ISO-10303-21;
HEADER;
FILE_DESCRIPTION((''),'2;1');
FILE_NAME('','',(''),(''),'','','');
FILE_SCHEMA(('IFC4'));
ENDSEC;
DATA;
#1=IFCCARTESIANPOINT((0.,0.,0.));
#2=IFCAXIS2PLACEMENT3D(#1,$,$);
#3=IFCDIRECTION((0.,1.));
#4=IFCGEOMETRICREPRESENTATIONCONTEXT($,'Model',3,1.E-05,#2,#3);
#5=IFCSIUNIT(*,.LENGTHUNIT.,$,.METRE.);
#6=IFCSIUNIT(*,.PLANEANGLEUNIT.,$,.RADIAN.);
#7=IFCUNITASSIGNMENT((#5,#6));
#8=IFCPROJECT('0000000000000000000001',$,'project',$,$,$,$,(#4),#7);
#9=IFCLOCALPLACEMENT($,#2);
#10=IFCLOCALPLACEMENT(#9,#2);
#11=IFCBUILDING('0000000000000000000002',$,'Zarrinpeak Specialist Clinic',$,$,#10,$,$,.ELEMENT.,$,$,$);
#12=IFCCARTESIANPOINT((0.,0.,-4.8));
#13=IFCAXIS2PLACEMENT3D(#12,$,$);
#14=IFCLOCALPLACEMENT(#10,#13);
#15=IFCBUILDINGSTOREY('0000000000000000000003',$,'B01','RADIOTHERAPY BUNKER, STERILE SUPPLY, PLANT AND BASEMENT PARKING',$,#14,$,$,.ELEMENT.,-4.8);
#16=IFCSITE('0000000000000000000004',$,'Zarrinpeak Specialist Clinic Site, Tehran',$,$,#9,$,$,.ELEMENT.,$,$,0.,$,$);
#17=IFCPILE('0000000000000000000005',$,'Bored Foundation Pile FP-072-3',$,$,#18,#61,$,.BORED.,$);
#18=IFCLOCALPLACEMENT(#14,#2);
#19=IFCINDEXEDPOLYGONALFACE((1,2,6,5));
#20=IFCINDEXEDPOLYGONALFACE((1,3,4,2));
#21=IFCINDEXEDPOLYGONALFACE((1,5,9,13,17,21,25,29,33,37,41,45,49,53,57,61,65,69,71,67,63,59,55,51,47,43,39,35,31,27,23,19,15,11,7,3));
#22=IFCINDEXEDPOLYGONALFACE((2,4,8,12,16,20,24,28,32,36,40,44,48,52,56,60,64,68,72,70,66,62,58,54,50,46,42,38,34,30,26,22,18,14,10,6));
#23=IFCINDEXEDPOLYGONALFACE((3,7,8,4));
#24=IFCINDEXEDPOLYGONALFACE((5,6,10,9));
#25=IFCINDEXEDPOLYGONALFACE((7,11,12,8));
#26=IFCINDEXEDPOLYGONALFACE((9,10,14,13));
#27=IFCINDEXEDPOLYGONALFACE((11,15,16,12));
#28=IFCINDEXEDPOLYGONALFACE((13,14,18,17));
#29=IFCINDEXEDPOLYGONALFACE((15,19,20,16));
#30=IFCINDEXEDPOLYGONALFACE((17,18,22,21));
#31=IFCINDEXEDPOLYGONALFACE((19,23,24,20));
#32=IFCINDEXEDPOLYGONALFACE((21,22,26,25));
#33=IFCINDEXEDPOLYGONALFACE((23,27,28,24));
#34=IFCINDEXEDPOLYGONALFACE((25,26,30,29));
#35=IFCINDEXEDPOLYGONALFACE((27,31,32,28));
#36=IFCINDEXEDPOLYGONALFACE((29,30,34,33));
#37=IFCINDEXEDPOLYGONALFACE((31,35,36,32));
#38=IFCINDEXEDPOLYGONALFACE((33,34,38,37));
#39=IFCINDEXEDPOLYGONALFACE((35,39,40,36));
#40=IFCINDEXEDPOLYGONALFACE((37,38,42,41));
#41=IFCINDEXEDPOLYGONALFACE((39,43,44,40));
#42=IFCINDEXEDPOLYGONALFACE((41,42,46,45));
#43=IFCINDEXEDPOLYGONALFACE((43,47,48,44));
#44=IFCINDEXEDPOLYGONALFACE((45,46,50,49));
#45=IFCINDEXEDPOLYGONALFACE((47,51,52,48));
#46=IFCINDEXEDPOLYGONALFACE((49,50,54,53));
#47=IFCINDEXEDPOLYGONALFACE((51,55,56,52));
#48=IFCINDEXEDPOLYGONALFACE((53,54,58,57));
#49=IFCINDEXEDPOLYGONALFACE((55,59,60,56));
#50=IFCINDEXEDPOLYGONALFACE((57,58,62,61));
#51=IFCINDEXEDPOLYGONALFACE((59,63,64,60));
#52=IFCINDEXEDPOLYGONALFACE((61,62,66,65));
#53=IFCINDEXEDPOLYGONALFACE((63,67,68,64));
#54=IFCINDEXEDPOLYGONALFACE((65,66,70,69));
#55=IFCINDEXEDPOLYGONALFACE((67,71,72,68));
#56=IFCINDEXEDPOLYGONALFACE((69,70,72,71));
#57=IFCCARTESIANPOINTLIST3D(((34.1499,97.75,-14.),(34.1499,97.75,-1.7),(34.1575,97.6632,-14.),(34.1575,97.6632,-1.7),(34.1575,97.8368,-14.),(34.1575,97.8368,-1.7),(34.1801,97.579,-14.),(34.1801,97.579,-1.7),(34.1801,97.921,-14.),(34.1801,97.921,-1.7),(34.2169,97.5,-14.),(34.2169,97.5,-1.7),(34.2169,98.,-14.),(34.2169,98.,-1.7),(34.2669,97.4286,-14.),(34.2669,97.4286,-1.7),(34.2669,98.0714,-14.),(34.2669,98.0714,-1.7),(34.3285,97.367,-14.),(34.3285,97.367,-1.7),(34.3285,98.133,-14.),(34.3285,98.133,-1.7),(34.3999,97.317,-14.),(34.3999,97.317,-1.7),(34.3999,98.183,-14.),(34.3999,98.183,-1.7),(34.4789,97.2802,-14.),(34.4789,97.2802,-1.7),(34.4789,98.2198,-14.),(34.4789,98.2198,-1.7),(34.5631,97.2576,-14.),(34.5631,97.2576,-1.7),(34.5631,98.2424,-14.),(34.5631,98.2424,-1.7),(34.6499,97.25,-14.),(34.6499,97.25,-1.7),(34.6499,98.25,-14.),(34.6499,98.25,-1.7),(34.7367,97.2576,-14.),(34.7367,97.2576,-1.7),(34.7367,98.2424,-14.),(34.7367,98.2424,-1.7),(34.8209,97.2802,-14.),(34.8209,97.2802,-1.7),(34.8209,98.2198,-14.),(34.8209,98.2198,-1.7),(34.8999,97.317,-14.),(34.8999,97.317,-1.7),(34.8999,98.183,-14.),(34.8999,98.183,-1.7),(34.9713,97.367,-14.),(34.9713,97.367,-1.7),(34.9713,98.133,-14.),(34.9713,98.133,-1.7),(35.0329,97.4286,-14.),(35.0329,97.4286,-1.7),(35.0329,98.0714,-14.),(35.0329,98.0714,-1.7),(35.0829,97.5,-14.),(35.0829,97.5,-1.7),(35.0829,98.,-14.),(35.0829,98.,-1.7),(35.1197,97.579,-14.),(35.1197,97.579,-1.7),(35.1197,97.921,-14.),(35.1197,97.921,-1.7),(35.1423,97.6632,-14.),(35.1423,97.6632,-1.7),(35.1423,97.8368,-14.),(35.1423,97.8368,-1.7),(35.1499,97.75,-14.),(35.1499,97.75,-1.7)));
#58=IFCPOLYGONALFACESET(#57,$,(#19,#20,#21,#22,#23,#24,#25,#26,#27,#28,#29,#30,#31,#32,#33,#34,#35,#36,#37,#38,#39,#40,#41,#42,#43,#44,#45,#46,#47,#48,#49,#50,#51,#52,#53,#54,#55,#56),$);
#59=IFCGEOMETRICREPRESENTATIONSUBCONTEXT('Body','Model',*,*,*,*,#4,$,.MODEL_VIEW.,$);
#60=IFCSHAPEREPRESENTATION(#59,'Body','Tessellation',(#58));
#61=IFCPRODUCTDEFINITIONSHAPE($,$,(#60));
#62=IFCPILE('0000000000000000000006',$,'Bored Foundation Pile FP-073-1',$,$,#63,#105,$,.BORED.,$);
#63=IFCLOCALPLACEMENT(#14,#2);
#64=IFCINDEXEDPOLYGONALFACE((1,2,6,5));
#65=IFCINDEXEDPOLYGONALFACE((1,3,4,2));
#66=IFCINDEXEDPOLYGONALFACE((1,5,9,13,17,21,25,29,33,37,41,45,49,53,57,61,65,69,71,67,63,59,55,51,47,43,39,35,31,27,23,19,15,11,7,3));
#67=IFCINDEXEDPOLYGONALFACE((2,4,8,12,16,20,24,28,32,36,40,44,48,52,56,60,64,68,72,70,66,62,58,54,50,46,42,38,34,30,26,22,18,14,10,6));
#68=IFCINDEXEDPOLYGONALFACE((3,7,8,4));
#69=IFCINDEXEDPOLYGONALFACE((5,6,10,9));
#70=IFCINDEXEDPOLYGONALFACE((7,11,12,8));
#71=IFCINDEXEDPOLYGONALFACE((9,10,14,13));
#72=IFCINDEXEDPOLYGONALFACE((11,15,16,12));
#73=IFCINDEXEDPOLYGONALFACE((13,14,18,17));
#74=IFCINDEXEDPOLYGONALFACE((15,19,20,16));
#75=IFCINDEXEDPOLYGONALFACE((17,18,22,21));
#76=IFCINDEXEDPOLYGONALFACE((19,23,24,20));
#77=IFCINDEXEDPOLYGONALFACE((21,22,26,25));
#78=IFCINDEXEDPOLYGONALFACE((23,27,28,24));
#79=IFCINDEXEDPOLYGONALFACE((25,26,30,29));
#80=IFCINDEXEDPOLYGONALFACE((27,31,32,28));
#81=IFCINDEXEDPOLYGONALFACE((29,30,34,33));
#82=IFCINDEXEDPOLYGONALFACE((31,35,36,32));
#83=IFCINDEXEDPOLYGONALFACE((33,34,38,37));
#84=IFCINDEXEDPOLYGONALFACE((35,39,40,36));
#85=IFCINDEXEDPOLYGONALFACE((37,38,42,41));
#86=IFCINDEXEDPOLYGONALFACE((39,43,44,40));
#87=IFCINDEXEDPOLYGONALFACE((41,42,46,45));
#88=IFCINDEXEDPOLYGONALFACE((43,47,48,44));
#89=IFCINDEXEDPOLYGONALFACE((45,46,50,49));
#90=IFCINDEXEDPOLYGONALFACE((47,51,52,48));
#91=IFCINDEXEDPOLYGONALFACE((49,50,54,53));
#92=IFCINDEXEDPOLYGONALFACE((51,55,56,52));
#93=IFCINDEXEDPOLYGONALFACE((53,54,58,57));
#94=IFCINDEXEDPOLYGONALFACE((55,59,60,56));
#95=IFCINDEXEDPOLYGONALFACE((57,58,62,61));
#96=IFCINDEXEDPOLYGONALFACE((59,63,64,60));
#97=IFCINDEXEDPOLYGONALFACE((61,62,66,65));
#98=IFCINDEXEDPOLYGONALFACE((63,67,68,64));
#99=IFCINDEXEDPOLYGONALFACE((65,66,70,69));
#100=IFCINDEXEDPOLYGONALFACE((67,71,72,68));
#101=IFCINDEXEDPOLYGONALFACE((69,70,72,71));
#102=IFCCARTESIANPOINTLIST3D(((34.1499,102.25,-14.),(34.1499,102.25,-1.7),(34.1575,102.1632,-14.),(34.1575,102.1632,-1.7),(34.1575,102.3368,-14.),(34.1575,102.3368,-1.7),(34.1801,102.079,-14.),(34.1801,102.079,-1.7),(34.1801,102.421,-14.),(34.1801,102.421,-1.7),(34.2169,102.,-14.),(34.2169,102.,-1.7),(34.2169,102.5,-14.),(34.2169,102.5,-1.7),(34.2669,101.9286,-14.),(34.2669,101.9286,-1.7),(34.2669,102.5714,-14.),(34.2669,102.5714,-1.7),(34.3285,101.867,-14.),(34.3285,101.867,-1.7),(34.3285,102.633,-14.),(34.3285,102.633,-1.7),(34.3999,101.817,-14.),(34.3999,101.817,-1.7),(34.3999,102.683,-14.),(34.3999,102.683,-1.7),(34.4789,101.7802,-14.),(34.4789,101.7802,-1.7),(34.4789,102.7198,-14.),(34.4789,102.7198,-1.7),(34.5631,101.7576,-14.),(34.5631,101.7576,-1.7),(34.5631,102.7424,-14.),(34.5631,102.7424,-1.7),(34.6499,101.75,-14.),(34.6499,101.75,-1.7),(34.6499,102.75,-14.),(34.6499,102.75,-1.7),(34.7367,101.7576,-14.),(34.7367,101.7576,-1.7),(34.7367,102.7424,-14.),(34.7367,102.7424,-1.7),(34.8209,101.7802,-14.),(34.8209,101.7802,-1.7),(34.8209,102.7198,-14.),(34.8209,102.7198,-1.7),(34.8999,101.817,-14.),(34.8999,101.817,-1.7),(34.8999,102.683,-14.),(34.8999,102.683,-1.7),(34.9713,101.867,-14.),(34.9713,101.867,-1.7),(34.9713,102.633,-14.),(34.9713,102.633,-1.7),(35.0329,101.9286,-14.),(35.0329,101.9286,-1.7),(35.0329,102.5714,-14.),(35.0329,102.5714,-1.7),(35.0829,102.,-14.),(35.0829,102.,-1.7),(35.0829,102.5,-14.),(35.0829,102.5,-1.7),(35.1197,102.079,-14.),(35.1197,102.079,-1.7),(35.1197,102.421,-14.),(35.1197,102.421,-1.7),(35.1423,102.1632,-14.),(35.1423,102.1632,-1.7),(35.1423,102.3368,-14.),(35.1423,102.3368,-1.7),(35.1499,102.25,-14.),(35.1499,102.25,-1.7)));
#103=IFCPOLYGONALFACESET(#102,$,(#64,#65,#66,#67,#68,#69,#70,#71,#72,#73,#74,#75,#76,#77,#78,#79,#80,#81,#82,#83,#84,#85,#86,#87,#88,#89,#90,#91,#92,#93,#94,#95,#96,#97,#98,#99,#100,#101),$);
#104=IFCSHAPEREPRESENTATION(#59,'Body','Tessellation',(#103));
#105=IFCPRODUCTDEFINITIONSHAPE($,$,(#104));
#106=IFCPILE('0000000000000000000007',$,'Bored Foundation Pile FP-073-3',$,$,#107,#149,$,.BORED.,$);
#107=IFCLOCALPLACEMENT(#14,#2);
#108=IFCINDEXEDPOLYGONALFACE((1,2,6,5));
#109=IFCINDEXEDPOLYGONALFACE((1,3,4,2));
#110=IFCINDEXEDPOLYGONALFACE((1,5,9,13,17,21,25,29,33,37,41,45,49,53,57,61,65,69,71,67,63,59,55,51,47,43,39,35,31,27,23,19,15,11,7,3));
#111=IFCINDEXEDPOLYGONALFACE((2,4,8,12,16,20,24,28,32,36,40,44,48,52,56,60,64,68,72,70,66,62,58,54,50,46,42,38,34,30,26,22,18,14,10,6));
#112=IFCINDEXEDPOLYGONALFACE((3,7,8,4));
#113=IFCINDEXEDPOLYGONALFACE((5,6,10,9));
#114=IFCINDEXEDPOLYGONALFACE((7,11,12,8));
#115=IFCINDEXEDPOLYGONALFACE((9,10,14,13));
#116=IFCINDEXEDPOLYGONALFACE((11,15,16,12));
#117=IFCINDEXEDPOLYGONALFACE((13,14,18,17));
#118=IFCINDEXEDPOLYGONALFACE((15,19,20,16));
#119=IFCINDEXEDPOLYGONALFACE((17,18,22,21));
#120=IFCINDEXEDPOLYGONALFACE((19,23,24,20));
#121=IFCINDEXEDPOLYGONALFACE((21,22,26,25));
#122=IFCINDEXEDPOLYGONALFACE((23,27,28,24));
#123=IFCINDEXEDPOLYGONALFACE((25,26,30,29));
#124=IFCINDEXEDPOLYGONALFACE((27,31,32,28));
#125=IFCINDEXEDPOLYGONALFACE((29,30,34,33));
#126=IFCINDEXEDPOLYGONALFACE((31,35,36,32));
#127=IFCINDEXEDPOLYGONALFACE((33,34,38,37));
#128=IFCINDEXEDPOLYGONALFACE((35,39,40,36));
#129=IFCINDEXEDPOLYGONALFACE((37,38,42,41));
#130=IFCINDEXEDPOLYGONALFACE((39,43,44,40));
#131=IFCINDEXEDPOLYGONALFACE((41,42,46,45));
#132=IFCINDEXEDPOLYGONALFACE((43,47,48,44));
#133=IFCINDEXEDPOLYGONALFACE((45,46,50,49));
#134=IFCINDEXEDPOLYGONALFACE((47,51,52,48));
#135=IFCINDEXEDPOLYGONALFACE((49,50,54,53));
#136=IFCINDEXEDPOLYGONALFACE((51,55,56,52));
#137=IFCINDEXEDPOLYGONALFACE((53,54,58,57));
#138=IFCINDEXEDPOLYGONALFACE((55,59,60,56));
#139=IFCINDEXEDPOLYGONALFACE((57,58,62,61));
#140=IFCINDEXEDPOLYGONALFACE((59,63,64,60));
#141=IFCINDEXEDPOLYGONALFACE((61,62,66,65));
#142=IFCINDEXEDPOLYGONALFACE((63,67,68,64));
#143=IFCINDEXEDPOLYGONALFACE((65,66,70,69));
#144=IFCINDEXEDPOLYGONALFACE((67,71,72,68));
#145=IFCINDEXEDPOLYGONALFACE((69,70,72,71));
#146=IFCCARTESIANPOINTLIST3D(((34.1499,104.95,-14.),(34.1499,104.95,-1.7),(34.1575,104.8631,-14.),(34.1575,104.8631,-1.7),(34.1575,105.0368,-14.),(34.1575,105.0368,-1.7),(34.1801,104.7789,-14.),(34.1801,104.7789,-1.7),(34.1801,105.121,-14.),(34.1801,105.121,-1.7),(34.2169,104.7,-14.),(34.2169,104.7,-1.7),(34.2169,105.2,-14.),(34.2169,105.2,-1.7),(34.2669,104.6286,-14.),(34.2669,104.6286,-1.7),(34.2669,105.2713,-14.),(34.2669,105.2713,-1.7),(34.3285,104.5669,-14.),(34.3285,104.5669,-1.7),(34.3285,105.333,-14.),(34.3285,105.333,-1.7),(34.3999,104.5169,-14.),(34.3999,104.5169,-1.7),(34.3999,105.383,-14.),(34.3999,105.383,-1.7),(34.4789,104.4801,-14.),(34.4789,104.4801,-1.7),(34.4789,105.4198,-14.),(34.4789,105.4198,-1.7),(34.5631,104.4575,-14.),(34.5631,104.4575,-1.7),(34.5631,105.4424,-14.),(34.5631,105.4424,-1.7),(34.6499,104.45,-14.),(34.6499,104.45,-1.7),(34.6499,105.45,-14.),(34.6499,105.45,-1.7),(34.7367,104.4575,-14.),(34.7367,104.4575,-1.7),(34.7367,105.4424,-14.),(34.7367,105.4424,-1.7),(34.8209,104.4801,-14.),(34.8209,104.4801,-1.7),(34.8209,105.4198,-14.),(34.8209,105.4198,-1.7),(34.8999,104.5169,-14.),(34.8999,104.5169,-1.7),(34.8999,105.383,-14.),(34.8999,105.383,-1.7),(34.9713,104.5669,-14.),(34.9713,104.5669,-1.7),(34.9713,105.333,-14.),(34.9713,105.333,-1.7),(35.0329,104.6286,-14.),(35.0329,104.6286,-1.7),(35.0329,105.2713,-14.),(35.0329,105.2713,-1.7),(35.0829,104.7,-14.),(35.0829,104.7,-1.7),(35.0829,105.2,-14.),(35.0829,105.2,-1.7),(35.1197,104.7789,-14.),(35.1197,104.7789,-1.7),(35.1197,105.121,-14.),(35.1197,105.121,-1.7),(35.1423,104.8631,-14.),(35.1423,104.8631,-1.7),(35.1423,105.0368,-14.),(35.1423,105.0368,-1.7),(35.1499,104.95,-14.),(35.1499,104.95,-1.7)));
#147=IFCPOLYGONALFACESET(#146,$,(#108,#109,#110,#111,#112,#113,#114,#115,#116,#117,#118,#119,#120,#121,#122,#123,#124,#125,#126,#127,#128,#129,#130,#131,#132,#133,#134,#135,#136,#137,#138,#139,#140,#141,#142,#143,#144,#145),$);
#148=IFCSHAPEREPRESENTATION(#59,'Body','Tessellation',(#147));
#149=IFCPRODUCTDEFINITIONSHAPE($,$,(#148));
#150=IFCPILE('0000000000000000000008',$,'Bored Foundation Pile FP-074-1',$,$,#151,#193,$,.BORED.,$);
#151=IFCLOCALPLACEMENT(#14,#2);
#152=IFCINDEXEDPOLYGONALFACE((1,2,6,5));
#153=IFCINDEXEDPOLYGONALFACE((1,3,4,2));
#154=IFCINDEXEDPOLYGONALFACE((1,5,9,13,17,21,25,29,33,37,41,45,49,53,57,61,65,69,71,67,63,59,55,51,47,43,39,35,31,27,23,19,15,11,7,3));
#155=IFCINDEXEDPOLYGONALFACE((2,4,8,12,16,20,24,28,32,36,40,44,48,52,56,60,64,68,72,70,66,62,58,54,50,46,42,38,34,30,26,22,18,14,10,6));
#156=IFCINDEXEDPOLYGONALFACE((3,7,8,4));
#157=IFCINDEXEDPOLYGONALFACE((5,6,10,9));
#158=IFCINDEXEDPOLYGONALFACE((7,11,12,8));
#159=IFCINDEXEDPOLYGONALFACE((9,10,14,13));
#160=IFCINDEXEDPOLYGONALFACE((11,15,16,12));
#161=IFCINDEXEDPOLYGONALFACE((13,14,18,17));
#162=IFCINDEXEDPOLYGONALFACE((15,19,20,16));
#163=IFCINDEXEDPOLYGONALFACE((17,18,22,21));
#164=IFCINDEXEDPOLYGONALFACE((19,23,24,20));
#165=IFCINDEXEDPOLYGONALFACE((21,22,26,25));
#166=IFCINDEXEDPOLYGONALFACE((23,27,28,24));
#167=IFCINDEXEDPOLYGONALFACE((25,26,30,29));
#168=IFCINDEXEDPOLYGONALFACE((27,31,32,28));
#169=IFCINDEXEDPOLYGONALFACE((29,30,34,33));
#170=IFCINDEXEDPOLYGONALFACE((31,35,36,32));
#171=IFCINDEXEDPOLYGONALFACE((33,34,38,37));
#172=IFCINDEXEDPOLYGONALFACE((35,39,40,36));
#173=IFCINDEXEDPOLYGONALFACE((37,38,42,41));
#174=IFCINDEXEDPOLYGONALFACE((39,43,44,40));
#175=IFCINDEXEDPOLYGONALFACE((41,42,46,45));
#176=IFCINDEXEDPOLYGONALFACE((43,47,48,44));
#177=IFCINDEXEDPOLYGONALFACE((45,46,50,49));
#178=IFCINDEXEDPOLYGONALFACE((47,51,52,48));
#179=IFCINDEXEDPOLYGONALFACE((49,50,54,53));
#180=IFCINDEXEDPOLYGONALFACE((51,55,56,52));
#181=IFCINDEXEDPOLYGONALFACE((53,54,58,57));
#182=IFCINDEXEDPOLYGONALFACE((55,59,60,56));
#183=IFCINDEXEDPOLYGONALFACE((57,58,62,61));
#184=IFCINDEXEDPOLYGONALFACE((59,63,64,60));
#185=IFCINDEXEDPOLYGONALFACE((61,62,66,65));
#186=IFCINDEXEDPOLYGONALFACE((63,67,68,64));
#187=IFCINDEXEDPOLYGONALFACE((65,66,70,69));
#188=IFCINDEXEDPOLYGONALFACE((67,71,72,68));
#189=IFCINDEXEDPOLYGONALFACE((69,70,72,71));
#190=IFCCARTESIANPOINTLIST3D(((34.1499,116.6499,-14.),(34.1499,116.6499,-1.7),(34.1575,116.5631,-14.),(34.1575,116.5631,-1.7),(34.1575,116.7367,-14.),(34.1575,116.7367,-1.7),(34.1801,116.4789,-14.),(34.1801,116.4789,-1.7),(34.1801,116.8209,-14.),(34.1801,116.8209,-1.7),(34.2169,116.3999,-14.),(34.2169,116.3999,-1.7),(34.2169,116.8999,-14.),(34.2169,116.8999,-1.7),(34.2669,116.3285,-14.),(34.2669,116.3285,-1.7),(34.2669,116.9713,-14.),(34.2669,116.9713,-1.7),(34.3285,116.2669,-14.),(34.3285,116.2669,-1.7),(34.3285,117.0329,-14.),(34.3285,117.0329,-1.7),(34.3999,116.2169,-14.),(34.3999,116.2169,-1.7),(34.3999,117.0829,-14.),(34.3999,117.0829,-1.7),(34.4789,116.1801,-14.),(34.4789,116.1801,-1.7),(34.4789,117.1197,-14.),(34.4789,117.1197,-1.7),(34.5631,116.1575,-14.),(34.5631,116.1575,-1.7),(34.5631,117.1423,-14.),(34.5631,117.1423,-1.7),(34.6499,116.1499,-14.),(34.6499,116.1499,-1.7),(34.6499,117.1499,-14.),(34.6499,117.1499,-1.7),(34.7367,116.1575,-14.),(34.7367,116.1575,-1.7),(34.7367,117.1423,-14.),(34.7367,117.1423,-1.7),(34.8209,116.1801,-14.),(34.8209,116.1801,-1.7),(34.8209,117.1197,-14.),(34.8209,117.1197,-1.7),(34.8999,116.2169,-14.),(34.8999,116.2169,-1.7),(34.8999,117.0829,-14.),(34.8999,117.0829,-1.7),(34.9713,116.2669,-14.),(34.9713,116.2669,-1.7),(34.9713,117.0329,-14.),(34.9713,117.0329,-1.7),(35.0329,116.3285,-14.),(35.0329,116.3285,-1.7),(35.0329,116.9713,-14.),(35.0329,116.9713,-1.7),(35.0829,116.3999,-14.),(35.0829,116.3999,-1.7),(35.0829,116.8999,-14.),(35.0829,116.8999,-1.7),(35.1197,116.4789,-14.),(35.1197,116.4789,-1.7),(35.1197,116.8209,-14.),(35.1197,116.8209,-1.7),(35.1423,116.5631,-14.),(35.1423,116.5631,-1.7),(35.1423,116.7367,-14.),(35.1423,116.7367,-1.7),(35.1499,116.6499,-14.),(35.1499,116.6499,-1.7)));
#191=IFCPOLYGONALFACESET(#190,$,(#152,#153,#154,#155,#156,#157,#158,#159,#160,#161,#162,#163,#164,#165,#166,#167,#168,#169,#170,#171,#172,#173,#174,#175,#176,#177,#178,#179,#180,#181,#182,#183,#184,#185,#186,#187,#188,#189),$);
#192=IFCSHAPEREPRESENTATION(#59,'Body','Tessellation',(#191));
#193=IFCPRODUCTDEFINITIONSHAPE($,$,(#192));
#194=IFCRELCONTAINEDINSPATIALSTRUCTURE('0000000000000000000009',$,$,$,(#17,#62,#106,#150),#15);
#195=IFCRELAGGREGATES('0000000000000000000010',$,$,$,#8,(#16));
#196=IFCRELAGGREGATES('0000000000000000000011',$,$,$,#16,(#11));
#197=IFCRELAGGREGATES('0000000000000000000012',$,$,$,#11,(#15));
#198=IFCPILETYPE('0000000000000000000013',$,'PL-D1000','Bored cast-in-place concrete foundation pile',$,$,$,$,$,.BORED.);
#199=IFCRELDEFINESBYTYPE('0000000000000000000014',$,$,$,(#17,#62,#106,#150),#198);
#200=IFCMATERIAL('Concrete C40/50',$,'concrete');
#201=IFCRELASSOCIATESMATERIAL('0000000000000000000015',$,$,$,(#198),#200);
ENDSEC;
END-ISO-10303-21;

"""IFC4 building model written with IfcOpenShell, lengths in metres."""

from ifc_helpers import new_model, si_unit, direction, frame, origin, origin_2d, place, context, subcontext, project, spatial, circle, extrude, material, material_profile, profile_set, type_object, element, save


model = new_model("IFC4")

# Units and contexts
model_context = context("Model", 3, precision=1e-05, world=origin(), true_north=direction((0.0, 1.0)))
body_context = subcontext(model_context, "Body", "Model", "MODEL_VIEW")
ifc_project = project(units=[si_unit("LENGTHUNIT", "METRE"), si_unit("PLANEANGLEUNIT", "RADIAN")], contexts=[model_context])

# Site, building, storey
site_placement = place(None, origin())
site = spatial("IfcSite", under=ifc_project, at=site_placement, Name="Zarrinpeak Specialist Clinic Site, Tehran", CompositionType="ELEMENT", RefElevation=0.0)
building_placement = place(site_placement, origin())
building = spatial("IfcBuilding", under=site, at=building_placement, Name="Zarrinpeak Specialist Clinic", CompositionType="ELEMENT")
storey_placement = place(building_placement, frame((0.0, 0.0, -4.8)))
storey = spatial("IfcBuildingStorey", under=building, at=storey_placement, Name="B01", Description="RADIOTHERAPY BUNKER, STERILE SUPPLY, PLANT AND BASEMENT PARKING", CompositionType="ELEMENT", Elevation=-4.8)

# Shared definitions
ifc_material_1 = material(Name="Concrete C40/50", Category="concrete")

# Piles
ifc_material_profile_1 = material_profile(ifc_material_1, circle(Radius=0.5, at=origin_2d()), Name="BORED PILE D1000")
ifc_profile_set_1 = profile_set([ifc_material_profile_1], Name="Concrete C40/50")
pile_type_1 = type_object("IfcPileType", Name="PL-D1000", Description="Bored cast-in-place concrete foundation pile", PredefinedType="BORED", material=ifc_profile_set_1)
for number, where, z_axis, x_axis, name in (
    (1, (34.6499, 97.75, -1.7), (0.0, 0.0, -1.0), (1.0, 0.0, 0.0), "Bored Foundation Pile FP-072-3"),
    (2, (34.6499, 102.25, -1.7), (0.0, 0.0, -1.0), (1.0, 0.0, 0.0), "Bored Foundation Pile FP-073-1"),
    (3, (34.6499, 104.95, -1.7), (0.0, 0.0, -1.0), (1.0, 0.0, 0.0), "Bored Foundation Pile FP-073-3"),
    (4, (34.6499, 116.6499, -1.7), (0.0, 0.0, -1.0), (1.0, 0.0, 0.0), "Bored Foundation Pile FP-074-1"),
):
    element("IfcPile", number, at=place(storey_placement, frame(where, z_axis=z_axis, x_axis=x_axis)), inside=storey, type_object=pile_type_1, Name=name, PredefinedType="BORED", context=body_context, shape_type="SweptSolid", body=[
        extrude(circle(Radius=0.5, at=origin_2d()), origin(), (0.0, 0.0, 1.0), 12.3),
    ])

save(model, "model.ifc")
